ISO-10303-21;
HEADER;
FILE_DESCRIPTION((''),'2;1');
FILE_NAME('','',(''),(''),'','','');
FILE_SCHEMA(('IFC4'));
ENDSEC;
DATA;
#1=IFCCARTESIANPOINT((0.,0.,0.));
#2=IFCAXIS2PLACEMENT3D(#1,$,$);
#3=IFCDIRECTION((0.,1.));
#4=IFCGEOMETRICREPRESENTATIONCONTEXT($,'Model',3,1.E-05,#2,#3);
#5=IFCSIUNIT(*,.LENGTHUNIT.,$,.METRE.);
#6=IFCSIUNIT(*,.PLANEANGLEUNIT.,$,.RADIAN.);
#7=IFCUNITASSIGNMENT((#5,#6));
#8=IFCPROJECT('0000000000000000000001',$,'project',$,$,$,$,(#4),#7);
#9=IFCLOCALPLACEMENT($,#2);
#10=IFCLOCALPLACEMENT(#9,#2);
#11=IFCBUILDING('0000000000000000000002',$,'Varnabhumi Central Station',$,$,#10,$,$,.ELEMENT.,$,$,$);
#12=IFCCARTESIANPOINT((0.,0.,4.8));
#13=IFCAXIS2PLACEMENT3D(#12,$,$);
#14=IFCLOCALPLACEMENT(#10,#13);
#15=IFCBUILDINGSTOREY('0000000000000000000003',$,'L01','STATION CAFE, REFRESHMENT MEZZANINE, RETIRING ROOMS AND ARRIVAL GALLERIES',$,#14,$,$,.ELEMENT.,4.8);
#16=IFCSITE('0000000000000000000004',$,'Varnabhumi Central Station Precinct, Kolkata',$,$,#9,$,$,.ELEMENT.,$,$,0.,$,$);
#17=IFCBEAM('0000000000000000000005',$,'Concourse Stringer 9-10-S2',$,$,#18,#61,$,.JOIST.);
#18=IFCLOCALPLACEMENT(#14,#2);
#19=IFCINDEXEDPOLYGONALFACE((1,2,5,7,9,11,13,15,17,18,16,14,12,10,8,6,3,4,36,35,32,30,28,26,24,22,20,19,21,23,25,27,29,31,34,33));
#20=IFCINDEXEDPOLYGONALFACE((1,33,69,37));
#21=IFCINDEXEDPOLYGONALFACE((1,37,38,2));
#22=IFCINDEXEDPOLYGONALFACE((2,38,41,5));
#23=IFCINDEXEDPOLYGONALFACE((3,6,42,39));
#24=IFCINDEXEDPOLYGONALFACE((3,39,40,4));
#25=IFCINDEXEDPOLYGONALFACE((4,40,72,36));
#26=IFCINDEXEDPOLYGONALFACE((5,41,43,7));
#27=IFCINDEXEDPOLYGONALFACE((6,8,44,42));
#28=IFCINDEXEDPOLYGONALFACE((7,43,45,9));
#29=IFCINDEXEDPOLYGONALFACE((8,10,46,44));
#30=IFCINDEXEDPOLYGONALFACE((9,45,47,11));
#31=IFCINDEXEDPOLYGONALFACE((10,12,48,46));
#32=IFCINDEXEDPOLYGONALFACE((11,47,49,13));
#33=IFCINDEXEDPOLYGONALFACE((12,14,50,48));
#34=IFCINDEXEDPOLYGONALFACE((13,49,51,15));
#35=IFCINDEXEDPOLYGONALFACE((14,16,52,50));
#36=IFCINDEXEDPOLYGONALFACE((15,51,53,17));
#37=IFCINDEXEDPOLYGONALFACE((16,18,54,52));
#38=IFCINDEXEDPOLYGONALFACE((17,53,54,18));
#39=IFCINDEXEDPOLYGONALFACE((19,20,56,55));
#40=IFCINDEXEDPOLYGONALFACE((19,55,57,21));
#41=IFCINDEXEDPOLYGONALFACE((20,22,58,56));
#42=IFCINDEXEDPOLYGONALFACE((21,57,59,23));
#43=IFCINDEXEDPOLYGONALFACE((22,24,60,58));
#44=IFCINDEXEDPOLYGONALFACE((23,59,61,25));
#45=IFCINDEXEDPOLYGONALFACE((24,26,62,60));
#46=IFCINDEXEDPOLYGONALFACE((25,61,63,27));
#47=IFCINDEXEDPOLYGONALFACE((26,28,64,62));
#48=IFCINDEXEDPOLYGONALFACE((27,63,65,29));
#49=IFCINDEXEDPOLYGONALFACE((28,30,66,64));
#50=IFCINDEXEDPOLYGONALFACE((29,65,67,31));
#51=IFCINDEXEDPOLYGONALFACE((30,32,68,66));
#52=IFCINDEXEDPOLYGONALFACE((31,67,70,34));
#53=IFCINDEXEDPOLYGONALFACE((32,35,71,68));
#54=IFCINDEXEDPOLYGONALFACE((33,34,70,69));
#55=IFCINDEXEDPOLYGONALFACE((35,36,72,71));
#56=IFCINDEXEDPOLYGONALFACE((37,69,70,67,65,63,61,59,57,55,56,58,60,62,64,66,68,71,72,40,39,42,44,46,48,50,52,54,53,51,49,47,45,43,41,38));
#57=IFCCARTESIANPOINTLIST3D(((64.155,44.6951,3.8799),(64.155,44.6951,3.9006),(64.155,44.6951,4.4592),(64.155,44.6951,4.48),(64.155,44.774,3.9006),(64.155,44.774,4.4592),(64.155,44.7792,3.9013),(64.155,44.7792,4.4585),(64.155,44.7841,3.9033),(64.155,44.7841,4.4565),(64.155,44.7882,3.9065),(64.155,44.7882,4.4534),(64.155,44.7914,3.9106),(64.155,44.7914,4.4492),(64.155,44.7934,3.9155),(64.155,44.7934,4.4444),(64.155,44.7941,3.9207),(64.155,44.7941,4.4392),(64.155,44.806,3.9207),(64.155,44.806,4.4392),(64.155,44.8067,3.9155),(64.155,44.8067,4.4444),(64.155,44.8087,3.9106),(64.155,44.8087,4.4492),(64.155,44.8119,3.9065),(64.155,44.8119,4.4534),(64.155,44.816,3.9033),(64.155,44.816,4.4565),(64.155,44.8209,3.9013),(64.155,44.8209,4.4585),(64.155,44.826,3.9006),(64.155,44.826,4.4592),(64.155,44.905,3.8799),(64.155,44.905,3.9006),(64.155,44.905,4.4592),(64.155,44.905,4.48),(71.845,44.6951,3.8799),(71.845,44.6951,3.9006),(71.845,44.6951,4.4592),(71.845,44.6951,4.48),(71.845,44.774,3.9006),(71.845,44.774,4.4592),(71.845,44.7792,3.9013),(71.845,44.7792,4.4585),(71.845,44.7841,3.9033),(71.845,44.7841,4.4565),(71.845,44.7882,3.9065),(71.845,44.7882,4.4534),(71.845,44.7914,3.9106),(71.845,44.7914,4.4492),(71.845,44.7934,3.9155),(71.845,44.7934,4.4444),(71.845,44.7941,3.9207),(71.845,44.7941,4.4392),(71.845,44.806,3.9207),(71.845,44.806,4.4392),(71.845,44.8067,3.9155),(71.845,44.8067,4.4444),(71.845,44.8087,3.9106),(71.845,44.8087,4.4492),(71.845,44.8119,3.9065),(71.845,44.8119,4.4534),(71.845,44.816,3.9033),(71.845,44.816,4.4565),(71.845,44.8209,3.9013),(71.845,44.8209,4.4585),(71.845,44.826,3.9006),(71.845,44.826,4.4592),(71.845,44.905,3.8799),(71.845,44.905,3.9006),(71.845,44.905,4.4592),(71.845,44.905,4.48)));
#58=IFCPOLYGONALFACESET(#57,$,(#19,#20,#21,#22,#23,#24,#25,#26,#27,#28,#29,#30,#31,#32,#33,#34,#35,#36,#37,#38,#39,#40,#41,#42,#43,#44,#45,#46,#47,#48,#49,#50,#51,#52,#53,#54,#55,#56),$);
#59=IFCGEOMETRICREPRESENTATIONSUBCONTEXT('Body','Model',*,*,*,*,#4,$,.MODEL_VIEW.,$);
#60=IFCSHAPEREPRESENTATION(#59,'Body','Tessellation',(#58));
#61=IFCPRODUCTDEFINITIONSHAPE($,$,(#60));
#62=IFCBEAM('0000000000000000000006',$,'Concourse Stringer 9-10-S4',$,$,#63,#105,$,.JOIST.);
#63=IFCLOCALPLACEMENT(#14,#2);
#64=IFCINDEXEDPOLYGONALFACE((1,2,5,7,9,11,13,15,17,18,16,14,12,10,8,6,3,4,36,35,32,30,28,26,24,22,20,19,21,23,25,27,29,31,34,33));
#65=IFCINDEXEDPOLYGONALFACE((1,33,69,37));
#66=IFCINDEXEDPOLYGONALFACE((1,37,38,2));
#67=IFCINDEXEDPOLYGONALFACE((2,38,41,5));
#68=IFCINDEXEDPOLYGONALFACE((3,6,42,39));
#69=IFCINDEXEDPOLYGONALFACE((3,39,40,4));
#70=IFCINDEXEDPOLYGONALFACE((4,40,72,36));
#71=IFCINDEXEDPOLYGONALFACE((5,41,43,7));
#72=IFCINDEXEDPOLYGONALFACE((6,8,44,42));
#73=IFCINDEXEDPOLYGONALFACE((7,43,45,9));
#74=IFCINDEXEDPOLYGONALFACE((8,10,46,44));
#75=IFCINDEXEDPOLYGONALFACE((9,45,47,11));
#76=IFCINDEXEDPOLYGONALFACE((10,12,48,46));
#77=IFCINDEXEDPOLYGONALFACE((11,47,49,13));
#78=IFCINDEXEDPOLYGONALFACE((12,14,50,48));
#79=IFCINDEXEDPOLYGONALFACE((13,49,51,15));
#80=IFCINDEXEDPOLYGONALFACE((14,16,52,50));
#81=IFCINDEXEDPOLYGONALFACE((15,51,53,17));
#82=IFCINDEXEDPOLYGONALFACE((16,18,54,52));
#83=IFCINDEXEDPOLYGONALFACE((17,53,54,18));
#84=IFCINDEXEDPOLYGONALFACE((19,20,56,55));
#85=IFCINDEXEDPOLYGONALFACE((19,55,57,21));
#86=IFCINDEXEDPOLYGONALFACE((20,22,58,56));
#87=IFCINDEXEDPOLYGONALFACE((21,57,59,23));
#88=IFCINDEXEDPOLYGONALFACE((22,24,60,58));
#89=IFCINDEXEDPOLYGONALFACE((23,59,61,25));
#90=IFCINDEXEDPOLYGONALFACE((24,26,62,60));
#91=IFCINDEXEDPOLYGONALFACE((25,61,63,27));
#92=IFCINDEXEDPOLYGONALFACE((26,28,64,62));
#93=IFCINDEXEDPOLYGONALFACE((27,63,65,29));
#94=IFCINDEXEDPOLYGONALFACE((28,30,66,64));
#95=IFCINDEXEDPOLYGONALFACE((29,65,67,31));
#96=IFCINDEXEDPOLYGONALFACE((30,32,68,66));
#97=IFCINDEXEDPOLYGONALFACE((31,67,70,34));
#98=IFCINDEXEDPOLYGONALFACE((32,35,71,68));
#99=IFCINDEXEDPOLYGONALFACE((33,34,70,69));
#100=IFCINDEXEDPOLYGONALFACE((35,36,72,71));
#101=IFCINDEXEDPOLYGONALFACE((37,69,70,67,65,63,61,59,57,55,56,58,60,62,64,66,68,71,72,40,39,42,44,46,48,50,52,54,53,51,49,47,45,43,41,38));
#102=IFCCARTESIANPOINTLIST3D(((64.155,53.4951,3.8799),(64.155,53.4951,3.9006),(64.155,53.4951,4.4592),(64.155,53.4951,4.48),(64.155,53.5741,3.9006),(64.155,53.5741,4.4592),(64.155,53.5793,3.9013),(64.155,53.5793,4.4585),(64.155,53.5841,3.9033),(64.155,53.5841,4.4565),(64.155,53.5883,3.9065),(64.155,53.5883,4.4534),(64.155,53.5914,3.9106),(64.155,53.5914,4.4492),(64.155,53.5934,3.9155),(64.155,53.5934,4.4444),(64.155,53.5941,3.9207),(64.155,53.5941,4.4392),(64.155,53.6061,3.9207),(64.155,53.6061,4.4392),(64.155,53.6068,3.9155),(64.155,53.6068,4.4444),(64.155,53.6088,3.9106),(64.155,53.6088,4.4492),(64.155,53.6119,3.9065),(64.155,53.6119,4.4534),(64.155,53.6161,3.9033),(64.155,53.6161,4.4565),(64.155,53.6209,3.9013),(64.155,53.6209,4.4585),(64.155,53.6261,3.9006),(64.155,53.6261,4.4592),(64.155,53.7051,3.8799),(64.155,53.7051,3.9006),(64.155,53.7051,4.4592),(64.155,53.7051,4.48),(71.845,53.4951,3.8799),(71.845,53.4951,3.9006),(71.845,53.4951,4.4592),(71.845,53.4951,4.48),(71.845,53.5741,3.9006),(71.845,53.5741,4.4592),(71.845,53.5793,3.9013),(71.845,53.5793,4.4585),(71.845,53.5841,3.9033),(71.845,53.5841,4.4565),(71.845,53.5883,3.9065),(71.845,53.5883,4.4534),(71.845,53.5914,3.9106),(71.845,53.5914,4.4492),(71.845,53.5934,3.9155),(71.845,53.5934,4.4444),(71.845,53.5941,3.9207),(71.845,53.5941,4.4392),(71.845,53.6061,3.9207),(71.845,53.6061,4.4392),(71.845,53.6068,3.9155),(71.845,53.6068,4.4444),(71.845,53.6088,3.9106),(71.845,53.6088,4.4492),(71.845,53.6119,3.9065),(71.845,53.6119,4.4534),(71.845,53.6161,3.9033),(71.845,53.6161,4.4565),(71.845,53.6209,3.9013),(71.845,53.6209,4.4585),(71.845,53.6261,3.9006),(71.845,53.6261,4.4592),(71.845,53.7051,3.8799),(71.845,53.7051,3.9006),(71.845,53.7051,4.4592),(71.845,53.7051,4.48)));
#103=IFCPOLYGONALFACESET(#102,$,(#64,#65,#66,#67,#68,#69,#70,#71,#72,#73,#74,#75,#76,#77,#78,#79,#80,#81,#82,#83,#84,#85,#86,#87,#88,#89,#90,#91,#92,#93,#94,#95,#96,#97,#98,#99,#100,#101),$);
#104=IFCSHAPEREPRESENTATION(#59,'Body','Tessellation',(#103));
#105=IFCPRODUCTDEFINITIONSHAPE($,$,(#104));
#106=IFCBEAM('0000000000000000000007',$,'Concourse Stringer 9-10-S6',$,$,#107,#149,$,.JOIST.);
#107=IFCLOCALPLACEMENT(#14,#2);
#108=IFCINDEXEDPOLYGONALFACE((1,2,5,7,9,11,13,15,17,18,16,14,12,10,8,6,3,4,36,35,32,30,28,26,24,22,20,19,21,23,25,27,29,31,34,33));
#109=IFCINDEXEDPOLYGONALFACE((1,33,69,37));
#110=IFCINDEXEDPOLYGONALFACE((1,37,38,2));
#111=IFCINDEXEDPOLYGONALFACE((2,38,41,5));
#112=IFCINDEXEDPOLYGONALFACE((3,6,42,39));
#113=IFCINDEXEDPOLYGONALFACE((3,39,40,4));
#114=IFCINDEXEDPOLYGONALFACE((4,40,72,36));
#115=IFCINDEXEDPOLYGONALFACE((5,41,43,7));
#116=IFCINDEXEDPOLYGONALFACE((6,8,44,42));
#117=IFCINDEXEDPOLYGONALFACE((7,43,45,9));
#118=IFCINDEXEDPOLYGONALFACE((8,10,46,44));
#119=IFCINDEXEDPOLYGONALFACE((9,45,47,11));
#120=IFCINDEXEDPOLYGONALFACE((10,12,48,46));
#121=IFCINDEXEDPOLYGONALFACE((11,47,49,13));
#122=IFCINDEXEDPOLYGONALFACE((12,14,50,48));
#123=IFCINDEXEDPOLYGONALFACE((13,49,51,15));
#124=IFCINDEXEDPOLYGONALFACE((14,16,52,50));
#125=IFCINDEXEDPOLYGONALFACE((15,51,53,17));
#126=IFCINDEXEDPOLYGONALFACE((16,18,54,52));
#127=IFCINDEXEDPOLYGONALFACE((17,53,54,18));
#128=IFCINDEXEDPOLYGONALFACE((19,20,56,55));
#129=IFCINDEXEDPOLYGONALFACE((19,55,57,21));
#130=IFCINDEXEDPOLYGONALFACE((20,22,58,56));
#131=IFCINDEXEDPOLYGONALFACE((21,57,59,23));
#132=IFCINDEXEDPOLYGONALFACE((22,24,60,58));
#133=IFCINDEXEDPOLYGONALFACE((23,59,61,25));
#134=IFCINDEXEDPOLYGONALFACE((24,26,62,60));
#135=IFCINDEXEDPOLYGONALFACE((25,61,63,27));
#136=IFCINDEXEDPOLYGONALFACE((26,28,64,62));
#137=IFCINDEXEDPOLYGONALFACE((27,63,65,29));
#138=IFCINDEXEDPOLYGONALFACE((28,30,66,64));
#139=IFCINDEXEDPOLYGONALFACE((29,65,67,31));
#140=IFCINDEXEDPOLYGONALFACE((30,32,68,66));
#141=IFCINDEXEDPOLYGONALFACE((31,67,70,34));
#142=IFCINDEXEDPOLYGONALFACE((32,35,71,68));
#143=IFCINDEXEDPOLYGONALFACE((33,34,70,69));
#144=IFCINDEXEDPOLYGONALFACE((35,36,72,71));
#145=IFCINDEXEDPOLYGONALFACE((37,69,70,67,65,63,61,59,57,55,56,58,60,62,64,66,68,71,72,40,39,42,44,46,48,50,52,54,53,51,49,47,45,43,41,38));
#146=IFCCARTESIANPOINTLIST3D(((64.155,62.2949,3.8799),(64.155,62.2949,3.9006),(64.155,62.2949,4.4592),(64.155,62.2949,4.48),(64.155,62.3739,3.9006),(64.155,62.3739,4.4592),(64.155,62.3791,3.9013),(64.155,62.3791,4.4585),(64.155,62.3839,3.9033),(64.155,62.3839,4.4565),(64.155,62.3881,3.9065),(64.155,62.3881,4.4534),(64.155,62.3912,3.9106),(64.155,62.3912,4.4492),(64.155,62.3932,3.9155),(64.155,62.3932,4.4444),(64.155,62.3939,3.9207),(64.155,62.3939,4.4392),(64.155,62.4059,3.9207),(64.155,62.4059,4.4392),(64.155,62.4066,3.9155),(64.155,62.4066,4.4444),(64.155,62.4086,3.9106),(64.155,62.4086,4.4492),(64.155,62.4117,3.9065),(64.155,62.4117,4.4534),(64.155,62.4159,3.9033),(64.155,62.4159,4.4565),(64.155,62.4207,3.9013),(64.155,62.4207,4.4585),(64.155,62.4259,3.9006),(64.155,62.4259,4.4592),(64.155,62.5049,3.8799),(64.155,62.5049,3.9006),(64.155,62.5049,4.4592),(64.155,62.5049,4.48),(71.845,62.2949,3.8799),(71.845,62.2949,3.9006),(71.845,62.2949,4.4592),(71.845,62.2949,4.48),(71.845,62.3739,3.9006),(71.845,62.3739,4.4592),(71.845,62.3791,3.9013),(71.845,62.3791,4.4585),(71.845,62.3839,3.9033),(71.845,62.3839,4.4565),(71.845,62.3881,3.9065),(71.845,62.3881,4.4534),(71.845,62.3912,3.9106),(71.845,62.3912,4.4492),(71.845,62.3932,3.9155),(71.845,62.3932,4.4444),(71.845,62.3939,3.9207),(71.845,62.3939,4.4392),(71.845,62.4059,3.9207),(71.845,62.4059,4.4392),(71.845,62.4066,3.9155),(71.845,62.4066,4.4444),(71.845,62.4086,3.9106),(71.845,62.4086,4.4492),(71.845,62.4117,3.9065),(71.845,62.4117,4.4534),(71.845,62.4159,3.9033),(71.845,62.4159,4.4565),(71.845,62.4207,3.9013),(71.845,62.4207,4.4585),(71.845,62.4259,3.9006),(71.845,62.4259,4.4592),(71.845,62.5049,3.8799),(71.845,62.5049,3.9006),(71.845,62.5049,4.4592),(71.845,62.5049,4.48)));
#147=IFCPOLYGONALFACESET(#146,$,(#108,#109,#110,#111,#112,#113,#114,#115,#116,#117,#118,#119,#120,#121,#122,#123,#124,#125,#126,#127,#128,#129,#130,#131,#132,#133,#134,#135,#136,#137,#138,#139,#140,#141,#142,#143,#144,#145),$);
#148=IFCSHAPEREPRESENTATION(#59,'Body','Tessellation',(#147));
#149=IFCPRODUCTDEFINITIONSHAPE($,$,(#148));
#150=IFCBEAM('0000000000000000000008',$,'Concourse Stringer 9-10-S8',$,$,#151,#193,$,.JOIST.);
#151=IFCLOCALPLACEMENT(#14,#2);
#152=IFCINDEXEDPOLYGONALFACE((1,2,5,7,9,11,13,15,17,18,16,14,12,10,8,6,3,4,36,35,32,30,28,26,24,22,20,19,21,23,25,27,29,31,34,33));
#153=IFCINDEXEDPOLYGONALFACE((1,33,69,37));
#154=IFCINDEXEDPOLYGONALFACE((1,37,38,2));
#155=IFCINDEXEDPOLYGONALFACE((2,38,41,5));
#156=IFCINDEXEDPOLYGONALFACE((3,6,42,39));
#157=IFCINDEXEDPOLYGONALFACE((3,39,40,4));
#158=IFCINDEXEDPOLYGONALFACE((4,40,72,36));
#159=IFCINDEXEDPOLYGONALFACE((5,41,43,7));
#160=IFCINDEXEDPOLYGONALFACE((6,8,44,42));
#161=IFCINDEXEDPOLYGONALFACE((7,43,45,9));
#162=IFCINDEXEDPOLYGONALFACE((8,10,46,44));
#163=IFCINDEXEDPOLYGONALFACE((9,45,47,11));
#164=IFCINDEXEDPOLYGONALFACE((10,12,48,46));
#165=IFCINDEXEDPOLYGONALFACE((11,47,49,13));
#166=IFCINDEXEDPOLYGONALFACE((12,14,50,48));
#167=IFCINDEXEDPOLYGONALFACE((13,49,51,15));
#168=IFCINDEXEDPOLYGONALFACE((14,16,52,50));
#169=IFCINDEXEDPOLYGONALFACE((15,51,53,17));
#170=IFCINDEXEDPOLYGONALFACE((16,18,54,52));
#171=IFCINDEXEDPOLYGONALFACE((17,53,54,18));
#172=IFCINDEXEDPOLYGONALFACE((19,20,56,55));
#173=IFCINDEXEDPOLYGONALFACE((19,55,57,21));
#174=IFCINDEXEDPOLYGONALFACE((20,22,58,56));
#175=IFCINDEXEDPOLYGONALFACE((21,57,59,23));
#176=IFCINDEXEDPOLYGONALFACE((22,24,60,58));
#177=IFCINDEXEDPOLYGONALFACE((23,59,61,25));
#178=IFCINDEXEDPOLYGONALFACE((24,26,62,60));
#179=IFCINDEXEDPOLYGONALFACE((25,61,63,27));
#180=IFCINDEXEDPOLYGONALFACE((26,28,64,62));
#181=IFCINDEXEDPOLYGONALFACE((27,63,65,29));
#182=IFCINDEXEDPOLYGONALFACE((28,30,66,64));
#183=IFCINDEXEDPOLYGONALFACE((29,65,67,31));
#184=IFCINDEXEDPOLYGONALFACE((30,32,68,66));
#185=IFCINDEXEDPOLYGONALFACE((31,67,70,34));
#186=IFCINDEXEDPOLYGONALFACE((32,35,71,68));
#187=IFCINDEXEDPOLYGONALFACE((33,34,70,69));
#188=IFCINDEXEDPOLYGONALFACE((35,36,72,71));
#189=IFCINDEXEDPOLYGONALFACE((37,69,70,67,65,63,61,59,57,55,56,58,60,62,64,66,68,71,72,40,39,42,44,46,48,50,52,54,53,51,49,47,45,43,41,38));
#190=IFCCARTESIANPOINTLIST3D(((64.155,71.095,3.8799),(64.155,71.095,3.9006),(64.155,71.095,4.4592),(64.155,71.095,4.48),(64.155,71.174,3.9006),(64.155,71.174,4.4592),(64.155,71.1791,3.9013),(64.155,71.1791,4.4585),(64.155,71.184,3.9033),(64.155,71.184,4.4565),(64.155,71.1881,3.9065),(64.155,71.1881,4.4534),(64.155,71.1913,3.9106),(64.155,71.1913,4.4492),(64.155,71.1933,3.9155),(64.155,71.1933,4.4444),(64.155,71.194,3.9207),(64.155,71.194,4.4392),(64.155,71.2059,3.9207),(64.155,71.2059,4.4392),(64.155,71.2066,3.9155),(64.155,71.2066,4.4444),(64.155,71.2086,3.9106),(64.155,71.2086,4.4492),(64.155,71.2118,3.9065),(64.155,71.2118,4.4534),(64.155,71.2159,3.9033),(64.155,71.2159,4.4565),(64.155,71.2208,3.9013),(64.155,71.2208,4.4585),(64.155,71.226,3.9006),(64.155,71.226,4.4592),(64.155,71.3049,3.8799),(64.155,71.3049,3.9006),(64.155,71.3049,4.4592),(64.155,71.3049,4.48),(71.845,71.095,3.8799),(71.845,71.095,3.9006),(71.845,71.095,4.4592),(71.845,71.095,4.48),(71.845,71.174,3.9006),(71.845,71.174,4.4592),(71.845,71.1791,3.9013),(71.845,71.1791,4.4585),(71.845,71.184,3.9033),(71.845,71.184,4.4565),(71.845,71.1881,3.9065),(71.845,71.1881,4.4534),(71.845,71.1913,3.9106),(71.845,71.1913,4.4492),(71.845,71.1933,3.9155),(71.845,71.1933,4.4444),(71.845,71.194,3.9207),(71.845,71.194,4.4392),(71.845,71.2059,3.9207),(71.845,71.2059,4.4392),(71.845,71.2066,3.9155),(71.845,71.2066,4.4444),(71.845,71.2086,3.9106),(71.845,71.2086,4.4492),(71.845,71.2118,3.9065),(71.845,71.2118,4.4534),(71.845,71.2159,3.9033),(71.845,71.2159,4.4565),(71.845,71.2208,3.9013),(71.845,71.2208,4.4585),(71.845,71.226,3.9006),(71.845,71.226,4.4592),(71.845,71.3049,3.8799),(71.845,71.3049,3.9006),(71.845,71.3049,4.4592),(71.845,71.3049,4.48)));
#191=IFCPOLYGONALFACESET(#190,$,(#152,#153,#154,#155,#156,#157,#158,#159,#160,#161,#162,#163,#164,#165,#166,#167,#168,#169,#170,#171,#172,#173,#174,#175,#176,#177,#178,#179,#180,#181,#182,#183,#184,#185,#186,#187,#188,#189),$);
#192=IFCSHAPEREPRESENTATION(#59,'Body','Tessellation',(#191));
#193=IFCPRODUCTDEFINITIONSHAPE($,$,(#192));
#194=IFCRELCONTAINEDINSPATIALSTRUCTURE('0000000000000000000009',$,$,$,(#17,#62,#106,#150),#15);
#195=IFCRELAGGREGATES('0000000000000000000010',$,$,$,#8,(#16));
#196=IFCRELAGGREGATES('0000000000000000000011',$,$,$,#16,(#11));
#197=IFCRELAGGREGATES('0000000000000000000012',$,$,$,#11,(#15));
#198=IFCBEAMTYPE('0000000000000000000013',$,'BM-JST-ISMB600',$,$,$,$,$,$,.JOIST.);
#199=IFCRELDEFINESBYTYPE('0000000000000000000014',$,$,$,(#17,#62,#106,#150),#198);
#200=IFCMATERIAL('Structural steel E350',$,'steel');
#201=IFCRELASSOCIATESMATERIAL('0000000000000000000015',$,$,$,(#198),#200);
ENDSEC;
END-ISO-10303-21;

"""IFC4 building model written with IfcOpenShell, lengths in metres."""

from ifc_helpers import new_model, si_unit, direction, frame, origin, origin_2d, place, context, subcontext, project, spatial, i_section, extrude, material, material_profile, profile_set, type_object, element, save


model = new_model("IFC4")

# Units and contexts
model_context = context("Model", 3, precision=1e-05, world=origin(), true_north=direction((0.0, 1.0)))
body_context = subcontext(model_context, "Body", "Model", "MODEL_VIEW")
ifc_project = project(units=[si_unit("LENGTHUNIT", "METRE"), si_unit("PLANEANGLEUNIT", "RADIAN")], contexts=[model_context])

# Site, building, storey
site_placement = place(None, origin())
site = spatial("IfcSite", under=ifc_project, at=site_placement, Name="Varnabhumi Central Station Precinct, Kolkata", CompositionType="ELEMENT", RefElevation=0.0)
building_placement = place(site_placement, origin())
building = spatial("IfcBuilding", under=site, at=building_placement, Name="Varnabhumi Central Station", CompositionType="ELEMENT")
storey_placement = place(building_placement, frame((0.0, 0.0, 4.8)))
storey = spatial("IfcBuildingStorey", under=building, at=storey_placement, Name="L01", Description="STATION CAFE, REFRESHMENT MEZZANINE, RETIRING ROOMS AND ARRIVAL GALLERIES", CompositionType="ELEMENT", Elevation=4.8)

# Beams
ifc_material = material(Name="Structural steel E350", Category="steel")
ifc_material_profile_1 = material_profile(ifc_material, i_section(OverallWidth=0.21, OverallDepth=0.6001, WebThickness=0.012, FlangeThickness=0.0208, FilletRadius=0.02, at=origin_2d()), Name="Structural steel E350", Category="steel")
ifc_profile_set_1 = profile_set([ifc_material_profile_1], Name="Structural steel E350")
beam_type_1 = type_object("IfcBeamType", Name="BM-JST-ISMB600", PredefinedType="JOIST", material=ifc_profile_set_1)
for number, where, z_axis, x_axis, name in (
    (1, (64.155, 44.8, 4.1799), (1.0, 0.0, 0.0), (0.0, 1.0, 0.0), "Concourse Stringer 9-10-S2"),
    (2, (64.155, 53.6001, 4.1799), (1.0, 0.0, 0.0), (0.0, 1.0, 0.0), "Concourse Stringer 9-10-S4"),
    (3, (64.155, 62.3999, 4.1799), (1.0, 0.0, 0.0), (0.0, 1.0, 0.0), "Concourse Stringer 9-10-S6"),
    (4, (64.155, 71.2, 4.1799), (1.0, 0.0, 0.0), (0.0, 1.0, 0.0), "Concourse Stringer 9-10-S8"),
):
    element("IfcBeam", number, at=place(storey_placement, frame(where, z_axis=z_axis, x_axis=x_axis)), inside=storey, type_object=beam_type_1, Name=name, PredefinedType="JOIST", context=body_context, shape_type="SweptSolid", body=[
        extrude(i_section(OverallWidth=0.21, OverallDepth=0.6001, WebThickness=0.012, FlangeThickness=0.0208, FilletRadius=0.02, at=origin_2d()), origin(), (0.0, 0.0, 1.0), 7.6899),
    ])

save(model, "model.ifc")
